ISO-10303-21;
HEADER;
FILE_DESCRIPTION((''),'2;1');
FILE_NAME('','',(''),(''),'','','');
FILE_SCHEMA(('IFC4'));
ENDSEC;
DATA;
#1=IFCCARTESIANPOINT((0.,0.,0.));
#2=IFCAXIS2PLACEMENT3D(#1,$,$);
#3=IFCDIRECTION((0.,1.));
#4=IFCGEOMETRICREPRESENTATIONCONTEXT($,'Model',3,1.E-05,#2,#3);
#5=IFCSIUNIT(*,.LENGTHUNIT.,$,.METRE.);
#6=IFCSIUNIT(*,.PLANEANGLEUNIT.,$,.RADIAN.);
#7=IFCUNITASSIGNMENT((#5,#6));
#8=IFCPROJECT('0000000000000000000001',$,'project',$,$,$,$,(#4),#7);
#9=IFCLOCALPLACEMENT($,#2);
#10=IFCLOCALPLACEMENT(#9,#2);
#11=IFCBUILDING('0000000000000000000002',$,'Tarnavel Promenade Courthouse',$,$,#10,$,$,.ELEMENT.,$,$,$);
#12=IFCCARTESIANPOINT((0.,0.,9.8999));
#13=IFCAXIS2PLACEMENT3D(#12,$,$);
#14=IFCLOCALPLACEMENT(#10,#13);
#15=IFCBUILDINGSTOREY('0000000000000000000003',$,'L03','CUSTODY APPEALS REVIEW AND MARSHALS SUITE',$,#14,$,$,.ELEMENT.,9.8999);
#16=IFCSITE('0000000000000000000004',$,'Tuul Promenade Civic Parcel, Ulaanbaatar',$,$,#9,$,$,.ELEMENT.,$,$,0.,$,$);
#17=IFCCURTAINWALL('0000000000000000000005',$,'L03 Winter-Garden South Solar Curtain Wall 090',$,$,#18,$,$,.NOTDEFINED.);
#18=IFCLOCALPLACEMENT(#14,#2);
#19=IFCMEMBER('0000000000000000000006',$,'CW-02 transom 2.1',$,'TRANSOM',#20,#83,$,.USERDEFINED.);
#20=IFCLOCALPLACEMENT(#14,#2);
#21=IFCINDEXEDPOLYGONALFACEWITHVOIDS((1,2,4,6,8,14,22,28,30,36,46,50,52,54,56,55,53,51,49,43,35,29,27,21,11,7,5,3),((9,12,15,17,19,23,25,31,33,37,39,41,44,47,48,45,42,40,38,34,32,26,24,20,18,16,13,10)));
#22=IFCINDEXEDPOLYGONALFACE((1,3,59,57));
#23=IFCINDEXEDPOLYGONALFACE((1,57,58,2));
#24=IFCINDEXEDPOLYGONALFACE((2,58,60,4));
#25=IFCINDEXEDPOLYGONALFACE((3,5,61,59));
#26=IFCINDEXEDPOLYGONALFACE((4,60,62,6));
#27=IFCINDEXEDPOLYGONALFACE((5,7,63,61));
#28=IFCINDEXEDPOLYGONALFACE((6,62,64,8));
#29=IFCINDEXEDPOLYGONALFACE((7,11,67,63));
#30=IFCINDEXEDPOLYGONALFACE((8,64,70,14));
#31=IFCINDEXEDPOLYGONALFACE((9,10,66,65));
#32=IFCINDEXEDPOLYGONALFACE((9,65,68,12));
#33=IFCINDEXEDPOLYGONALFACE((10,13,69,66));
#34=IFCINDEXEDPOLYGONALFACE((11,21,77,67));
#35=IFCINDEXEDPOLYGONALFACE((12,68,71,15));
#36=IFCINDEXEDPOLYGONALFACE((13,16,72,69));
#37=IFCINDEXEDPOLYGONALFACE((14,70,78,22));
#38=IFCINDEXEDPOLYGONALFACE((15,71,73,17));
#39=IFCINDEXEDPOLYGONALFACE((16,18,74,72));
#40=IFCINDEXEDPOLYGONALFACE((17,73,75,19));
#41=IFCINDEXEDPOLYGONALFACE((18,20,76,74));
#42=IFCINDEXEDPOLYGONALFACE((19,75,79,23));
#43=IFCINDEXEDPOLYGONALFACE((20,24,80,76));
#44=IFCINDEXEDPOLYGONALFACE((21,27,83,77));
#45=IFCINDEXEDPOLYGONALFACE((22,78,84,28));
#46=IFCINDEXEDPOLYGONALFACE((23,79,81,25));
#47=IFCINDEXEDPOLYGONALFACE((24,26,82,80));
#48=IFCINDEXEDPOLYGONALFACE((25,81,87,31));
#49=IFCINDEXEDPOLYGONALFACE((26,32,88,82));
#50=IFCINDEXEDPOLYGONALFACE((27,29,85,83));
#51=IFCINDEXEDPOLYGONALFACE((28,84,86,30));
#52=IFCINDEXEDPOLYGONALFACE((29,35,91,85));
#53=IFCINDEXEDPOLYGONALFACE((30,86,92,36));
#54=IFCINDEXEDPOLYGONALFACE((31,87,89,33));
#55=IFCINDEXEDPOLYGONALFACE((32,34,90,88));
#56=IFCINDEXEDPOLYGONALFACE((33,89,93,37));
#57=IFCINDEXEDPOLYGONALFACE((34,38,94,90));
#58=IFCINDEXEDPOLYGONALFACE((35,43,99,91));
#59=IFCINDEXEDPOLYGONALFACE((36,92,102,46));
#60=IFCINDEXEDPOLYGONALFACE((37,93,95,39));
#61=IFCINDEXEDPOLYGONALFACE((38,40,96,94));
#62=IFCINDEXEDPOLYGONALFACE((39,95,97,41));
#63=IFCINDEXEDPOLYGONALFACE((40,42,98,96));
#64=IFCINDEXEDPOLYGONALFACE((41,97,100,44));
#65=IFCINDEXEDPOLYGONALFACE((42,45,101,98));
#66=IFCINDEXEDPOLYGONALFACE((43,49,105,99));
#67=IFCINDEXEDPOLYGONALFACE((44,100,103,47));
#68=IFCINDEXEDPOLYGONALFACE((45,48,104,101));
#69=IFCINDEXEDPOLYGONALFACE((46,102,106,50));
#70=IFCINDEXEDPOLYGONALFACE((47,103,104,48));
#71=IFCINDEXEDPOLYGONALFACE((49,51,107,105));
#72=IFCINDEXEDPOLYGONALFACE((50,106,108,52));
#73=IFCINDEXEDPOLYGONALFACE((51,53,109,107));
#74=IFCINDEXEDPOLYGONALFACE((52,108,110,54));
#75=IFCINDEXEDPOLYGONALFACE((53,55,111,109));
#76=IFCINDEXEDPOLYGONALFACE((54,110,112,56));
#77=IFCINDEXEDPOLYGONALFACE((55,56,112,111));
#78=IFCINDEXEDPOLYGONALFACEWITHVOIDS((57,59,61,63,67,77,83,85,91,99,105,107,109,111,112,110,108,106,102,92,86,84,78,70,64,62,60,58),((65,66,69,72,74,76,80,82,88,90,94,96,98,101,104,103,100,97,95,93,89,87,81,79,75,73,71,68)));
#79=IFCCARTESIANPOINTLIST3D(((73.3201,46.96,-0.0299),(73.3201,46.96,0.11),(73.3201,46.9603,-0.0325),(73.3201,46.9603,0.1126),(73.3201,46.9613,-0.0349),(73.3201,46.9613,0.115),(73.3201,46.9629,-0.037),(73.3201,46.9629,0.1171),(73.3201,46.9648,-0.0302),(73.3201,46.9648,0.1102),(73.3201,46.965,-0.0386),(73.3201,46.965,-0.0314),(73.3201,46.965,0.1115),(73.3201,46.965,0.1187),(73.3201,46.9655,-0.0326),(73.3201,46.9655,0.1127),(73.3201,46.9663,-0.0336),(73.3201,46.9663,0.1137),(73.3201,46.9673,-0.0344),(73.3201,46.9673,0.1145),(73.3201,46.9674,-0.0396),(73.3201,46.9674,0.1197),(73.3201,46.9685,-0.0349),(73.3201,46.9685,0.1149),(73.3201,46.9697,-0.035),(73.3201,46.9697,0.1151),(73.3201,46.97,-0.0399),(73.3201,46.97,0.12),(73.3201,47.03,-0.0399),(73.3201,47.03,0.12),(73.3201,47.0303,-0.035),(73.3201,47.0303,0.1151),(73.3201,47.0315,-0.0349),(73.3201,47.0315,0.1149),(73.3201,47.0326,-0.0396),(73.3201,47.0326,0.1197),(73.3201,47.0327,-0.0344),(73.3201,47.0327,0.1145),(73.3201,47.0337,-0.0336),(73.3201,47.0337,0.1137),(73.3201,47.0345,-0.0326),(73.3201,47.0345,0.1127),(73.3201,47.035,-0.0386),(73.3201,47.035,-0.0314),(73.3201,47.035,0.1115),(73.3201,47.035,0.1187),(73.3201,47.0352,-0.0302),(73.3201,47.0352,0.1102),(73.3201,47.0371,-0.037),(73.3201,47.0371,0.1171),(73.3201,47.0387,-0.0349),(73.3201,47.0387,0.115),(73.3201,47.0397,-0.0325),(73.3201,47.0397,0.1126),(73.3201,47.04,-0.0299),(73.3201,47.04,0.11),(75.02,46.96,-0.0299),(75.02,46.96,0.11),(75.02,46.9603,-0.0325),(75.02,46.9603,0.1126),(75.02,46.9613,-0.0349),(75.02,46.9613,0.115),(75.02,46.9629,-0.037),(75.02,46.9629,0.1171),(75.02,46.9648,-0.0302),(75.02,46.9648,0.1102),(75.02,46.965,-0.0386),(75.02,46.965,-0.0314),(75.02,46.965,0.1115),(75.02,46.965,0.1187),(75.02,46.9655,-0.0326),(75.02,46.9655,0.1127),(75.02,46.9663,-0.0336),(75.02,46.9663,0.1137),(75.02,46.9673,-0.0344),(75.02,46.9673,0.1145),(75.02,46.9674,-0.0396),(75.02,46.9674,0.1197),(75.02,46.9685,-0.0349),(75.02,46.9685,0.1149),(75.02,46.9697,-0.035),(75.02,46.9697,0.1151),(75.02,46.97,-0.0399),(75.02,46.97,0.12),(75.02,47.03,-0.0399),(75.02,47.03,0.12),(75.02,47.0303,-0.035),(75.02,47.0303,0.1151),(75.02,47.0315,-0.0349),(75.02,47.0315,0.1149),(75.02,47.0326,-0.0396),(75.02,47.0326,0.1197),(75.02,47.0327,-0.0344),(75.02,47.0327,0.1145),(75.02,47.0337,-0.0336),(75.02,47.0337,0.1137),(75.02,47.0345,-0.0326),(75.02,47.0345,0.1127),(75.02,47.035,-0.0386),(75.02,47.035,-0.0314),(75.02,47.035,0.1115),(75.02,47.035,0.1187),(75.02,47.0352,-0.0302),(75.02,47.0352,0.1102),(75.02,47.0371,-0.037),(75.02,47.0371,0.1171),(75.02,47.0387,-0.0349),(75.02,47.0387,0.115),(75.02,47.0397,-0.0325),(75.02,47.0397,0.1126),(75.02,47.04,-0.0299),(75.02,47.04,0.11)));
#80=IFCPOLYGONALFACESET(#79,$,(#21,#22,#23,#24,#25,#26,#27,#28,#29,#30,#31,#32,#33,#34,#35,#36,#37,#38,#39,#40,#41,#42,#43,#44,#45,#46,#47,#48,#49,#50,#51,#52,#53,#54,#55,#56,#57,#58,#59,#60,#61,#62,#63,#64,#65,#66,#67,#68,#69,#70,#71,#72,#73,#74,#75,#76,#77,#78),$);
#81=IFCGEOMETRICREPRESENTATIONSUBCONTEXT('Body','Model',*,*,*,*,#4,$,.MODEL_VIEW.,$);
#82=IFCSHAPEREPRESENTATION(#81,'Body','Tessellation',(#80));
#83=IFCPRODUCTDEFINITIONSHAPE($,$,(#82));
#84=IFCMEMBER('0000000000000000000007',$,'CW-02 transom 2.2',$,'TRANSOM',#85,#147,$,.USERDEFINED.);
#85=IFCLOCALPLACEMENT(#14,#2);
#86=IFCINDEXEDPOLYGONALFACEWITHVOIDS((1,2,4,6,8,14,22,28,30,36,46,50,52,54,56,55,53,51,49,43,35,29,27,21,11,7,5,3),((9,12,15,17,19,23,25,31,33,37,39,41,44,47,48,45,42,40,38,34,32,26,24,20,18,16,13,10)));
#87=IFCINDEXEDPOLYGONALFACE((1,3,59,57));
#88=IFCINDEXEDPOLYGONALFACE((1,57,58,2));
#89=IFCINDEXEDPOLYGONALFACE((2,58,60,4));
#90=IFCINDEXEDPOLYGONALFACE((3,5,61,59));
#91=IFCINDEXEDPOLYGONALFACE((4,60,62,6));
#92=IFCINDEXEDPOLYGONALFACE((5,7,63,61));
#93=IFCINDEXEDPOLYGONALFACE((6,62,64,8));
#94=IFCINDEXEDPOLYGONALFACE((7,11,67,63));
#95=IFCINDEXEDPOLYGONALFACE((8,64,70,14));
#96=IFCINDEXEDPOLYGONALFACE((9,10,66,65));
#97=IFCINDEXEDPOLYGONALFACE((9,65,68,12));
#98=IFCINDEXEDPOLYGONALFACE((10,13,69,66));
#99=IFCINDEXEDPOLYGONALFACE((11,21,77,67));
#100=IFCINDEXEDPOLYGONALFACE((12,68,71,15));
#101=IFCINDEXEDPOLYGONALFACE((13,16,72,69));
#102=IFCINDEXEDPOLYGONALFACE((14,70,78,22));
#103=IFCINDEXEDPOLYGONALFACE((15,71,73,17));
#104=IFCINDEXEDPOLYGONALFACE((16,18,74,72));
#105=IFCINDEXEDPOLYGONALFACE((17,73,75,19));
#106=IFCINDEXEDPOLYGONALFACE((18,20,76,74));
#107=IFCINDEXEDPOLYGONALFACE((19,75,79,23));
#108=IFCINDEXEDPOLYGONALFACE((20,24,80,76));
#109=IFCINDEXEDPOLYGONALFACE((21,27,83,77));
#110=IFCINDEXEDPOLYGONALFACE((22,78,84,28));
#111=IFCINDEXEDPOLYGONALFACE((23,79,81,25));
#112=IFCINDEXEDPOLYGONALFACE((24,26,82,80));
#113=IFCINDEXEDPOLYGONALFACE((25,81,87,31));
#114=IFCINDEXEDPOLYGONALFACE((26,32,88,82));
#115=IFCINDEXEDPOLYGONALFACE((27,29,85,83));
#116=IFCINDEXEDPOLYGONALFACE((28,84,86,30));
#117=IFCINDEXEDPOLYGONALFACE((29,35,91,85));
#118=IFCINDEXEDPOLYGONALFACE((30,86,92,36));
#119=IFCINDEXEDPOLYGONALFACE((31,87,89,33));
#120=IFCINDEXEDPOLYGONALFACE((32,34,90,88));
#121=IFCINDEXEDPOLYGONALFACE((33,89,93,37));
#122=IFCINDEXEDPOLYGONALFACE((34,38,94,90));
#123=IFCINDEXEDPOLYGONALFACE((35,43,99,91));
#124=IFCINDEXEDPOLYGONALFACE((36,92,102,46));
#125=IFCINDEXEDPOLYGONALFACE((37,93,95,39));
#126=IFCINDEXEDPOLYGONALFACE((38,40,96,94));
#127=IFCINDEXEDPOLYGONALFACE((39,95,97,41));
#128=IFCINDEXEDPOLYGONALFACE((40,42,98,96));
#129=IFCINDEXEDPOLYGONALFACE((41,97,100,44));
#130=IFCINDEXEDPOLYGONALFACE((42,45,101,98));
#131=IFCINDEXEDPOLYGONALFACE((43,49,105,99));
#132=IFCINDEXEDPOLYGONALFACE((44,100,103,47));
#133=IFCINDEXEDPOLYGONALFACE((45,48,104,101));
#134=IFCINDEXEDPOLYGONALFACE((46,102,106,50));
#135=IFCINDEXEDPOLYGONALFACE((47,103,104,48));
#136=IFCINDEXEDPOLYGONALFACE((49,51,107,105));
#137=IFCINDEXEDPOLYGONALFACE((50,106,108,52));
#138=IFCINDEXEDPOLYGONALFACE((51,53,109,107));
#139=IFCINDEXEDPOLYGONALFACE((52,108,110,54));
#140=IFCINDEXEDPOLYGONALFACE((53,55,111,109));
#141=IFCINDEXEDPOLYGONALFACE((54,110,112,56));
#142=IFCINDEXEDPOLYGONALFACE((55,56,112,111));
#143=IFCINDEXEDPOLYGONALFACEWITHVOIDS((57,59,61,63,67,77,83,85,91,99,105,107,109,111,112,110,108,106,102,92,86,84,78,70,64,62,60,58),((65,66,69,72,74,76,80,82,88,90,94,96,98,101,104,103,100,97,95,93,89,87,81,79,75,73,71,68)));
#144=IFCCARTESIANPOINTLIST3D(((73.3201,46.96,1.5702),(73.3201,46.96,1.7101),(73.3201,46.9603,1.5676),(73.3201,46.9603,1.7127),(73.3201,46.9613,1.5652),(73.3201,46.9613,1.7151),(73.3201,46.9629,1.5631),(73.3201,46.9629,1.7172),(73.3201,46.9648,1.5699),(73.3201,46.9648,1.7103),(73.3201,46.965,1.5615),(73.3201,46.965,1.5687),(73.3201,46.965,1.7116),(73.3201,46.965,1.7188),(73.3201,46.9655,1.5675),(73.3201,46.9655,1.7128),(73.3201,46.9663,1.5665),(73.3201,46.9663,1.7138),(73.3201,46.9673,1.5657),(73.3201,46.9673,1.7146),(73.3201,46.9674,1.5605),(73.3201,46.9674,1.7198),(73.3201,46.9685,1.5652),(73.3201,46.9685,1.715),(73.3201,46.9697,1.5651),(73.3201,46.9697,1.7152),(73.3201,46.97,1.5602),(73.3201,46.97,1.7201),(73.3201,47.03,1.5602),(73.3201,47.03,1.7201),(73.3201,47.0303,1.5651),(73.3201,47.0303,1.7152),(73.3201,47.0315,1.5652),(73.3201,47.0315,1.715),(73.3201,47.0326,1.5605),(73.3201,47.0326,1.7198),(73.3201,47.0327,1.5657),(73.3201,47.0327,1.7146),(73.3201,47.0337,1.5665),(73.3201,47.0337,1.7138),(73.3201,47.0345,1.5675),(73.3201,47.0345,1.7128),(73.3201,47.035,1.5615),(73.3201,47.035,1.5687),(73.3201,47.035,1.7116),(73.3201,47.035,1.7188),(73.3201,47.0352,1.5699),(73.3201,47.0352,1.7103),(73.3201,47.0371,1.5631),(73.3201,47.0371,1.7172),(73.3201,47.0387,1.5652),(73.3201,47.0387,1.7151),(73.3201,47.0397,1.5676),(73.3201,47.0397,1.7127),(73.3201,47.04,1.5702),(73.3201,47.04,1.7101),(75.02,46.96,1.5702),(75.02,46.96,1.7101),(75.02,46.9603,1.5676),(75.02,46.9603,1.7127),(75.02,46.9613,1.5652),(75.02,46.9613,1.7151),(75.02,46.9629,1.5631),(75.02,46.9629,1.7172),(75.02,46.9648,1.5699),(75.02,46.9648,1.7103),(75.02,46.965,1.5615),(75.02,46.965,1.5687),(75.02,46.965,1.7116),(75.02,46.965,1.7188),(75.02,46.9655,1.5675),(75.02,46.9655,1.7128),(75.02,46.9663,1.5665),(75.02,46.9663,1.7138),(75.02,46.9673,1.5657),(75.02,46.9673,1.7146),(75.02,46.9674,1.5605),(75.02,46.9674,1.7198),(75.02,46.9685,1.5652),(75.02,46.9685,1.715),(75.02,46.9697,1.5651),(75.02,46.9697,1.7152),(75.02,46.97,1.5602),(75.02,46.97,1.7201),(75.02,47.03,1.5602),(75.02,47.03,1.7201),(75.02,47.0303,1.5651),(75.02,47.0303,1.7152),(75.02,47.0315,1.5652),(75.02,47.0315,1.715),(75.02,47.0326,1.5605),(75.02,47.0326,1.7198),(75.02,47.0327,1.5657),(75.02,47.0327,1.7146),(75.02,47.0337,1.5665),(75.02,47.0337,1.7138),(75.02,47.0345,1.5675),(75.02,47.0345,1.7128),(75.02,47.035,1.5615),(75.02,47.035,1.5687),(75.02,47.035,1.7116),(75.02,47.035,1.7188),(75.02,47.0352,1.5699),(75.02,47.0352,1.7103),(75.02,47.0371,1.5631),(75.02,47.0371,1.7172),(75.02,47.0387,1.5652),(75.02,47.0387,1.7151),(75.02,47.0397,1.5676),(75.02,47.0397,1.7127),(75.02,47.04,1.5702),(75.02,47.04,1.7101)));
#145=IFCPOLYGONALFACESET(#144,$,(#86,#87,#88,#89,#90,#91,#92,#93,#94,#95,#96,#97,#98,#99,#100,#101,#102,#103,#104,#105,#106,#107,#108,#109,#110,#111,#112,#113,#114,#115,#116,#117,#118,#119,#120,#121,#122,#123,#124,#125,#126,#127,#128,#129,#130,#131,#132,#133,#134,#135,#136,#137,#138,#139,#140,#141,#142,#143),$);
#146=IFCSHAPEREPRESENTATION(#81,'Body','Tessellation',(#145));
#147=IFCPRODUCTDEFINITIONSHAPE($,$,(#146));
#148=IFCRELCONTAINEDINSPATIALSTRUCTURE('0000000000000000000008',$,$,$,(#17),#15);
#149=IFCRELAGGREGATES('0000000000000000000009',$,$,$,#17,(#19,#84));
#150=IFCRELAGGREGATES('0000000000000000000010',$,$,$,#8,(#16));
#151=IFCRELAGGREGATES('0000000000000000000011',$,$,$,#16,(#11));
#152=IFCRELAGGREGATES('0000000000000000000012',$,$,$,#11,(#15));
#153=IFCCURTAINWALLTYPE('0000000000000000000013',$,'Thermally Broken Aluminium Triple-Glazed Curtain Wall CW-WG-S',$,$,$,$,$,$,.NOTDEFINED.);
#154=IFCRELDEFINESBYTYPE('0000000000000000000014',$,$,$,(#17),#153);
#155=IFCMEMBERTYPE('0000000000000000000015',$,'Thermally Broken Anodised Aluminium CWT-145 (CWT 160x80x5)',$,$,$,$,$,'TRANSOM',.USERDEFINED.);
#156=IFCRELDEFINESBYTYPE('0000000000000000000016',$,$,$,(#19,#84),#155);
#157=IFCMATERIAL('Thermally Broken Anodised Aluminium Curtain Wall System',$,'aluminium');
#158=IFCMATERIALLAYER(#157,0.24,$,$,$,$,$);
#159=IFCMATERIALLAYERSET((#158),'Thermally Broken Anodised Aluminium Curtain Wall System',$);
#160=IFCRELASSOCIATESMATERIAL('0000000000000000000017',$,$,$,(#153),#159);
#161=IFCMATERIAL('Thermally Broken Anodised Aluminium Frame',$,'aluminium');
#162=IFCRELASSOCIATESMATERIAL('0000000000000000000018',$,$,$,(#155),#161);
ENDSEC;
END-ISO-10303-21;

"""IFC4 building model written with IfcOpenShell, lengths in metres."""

from ifc_helpers import new_model, si_unit, direction, frame, origin, origin_2d, place, context, subcontext, project, spatial, hollow_rectangle, extrude, material, layer, layer_set, material_profile, profile_set, type_object, element, aggregate, save


model = new_model("IFC4")

# Units and contexts
model_context = context("Model", 3, precision=1e-05, world=origin(), true_north=direction((0.0, 1.0)))
body_context = subcontext(model_context, "Body", "Model", "MODEL_VIEW")
ifc_project = project(units=[si_unit("LENGTHUNIT", "METRE"), si_unit("PLANEANGLEUNIT", "RADIAN")], contexts=[model_context])

# Site, building, storey
site_placement = place(None, origin())
site = spatial("IfcSite", under=ifc_project, at=site_placement, Name="Tuul Promenade Civic Parcel, Ulaanbaatar", CompositionType="ELEMENT", RefElevation=0.0)
building_placement = place(site_placement, origin())
building = spatial("IfcBuilding", under=site, at=building_placement, Name="Tarnavel Promenade Courthouse", CompositionType="ELEMENT")
storey_placement = place(building_placement, frame((0.0, 0.0, 9.8999)))
storey = spatial("IfcBuildingStorey", under=building, at=storey_placement, Name="L03", Description="CUSTODY APPEALS REVIEW AND MARSHALS SUITE", CompositionType="ELEMENT", Elevation=9.8999)

# Curtain wall
ifc_material_1 = material(Name="Thermally Broken Anodised Aluminium Curtain Wall System", Category="aluminium")
ifc_layer_1 = layer(ifc_material_1, 0.24)
ifc_layer_set_1 = layer_set([ifc_layer_1], Name="Thermally Broken Anodised Aluminium Curtain Wall System")
curtain_wall_type = type_object("IfcCurtainWallType", Name="Thermally Broken Aluminium Triple-Glazed Curtain Wall CW-WG-S", PredefinedType="NOTDEFINED", material=ifc_layer_set_1)
curtain_wall_1_placement = place(storey_placement, origin())
curtain_wall_1 = element("IfcCurtainWall", 1, at=curtain_wall_1_placement, inside=storey, type_object=curtain_wall_type, Name="L03 Winter-Garden South Solar Curtain Wall 090", PredefinedType="NOTDEFINED")
ifc_material_2 = material(Name="Thermally Broken Anodised Aluminium Frame", Category="aluminium")

# Members
ifc_material_profile_1 = material_profile(ifc_material_2, hollow_rectangle(XDim=0.0801, YDim=0.1599, WallThickness=0.0049, InnerFilletRadius=0.0049, OuterFilletRadius=0.01, at=origin_2d()), Name="CWT 160x80x5")
ifc_profile_set_1 = profile_set([ifc_material_profile_1], Name="Thermally Broken Anodised Aluminium Frame")
member_type_1 = type_object("IfcMemberType", Name="Thermally Broken Anodised Aluminium CWT-145 (CWT 160x80x5)", ElementType="TRANSOM", PredefinedType="USERDEFINED", material=ifc_profile_set_1)
member_1_placement = place(storey_placement, frame((73.3201, 47.0, 0.04), z_axis=(1.0, 0.0, 0.0), x_axis=(0.0, 1.0, 0.0)))
member_1 = element("IfcMember", 2, at=member_1_placement, type_object=member_type_1, Name="CW-02 transom 2.1", ObjectType="TRANSOM", PredefinedType="USERDEFINED", context=body_context, shape_type="SweptSolid", body=[
    extrude(hollow_rectangle(XDim=0.0801, YDim=0.1599, WallThickness=0.0049, InnerFilletRadius=0.0049, OuterFilletRadius=0.01, at=origin_2d()), origin(), (0.0, 0.0, 1.0), 1.7),
])
member_2_placement = place(storey_placement, frame((73.3201, 47.0, 1.6401), z_axis=(1.0, 0.0, 0.0), x_axis=(0.0, 1.0, 0.0)))
member_2 = element("IfcMember", 3, at=member_2_placement, type_object=member_type_1, Name="CW-02 transom 2.2", ObjectType="TRANSOM", PredefinedType="USERDEFINED", context=body_context, shape_type="SweptSolid", body=[
    extrude(hollow_rectangle(XDim=0.0801, YDim=0.1599, WallThickness=0.0049, InnerFilletRadius=0.0049, OuterFilletRadius=0.01, at=origin_2d()), origin(), (0.0, 0.0, 1.0), 1.7),
])

aggregate(curtain_wall_1, [member_1, member_2])

save(model, "model.ifc")
